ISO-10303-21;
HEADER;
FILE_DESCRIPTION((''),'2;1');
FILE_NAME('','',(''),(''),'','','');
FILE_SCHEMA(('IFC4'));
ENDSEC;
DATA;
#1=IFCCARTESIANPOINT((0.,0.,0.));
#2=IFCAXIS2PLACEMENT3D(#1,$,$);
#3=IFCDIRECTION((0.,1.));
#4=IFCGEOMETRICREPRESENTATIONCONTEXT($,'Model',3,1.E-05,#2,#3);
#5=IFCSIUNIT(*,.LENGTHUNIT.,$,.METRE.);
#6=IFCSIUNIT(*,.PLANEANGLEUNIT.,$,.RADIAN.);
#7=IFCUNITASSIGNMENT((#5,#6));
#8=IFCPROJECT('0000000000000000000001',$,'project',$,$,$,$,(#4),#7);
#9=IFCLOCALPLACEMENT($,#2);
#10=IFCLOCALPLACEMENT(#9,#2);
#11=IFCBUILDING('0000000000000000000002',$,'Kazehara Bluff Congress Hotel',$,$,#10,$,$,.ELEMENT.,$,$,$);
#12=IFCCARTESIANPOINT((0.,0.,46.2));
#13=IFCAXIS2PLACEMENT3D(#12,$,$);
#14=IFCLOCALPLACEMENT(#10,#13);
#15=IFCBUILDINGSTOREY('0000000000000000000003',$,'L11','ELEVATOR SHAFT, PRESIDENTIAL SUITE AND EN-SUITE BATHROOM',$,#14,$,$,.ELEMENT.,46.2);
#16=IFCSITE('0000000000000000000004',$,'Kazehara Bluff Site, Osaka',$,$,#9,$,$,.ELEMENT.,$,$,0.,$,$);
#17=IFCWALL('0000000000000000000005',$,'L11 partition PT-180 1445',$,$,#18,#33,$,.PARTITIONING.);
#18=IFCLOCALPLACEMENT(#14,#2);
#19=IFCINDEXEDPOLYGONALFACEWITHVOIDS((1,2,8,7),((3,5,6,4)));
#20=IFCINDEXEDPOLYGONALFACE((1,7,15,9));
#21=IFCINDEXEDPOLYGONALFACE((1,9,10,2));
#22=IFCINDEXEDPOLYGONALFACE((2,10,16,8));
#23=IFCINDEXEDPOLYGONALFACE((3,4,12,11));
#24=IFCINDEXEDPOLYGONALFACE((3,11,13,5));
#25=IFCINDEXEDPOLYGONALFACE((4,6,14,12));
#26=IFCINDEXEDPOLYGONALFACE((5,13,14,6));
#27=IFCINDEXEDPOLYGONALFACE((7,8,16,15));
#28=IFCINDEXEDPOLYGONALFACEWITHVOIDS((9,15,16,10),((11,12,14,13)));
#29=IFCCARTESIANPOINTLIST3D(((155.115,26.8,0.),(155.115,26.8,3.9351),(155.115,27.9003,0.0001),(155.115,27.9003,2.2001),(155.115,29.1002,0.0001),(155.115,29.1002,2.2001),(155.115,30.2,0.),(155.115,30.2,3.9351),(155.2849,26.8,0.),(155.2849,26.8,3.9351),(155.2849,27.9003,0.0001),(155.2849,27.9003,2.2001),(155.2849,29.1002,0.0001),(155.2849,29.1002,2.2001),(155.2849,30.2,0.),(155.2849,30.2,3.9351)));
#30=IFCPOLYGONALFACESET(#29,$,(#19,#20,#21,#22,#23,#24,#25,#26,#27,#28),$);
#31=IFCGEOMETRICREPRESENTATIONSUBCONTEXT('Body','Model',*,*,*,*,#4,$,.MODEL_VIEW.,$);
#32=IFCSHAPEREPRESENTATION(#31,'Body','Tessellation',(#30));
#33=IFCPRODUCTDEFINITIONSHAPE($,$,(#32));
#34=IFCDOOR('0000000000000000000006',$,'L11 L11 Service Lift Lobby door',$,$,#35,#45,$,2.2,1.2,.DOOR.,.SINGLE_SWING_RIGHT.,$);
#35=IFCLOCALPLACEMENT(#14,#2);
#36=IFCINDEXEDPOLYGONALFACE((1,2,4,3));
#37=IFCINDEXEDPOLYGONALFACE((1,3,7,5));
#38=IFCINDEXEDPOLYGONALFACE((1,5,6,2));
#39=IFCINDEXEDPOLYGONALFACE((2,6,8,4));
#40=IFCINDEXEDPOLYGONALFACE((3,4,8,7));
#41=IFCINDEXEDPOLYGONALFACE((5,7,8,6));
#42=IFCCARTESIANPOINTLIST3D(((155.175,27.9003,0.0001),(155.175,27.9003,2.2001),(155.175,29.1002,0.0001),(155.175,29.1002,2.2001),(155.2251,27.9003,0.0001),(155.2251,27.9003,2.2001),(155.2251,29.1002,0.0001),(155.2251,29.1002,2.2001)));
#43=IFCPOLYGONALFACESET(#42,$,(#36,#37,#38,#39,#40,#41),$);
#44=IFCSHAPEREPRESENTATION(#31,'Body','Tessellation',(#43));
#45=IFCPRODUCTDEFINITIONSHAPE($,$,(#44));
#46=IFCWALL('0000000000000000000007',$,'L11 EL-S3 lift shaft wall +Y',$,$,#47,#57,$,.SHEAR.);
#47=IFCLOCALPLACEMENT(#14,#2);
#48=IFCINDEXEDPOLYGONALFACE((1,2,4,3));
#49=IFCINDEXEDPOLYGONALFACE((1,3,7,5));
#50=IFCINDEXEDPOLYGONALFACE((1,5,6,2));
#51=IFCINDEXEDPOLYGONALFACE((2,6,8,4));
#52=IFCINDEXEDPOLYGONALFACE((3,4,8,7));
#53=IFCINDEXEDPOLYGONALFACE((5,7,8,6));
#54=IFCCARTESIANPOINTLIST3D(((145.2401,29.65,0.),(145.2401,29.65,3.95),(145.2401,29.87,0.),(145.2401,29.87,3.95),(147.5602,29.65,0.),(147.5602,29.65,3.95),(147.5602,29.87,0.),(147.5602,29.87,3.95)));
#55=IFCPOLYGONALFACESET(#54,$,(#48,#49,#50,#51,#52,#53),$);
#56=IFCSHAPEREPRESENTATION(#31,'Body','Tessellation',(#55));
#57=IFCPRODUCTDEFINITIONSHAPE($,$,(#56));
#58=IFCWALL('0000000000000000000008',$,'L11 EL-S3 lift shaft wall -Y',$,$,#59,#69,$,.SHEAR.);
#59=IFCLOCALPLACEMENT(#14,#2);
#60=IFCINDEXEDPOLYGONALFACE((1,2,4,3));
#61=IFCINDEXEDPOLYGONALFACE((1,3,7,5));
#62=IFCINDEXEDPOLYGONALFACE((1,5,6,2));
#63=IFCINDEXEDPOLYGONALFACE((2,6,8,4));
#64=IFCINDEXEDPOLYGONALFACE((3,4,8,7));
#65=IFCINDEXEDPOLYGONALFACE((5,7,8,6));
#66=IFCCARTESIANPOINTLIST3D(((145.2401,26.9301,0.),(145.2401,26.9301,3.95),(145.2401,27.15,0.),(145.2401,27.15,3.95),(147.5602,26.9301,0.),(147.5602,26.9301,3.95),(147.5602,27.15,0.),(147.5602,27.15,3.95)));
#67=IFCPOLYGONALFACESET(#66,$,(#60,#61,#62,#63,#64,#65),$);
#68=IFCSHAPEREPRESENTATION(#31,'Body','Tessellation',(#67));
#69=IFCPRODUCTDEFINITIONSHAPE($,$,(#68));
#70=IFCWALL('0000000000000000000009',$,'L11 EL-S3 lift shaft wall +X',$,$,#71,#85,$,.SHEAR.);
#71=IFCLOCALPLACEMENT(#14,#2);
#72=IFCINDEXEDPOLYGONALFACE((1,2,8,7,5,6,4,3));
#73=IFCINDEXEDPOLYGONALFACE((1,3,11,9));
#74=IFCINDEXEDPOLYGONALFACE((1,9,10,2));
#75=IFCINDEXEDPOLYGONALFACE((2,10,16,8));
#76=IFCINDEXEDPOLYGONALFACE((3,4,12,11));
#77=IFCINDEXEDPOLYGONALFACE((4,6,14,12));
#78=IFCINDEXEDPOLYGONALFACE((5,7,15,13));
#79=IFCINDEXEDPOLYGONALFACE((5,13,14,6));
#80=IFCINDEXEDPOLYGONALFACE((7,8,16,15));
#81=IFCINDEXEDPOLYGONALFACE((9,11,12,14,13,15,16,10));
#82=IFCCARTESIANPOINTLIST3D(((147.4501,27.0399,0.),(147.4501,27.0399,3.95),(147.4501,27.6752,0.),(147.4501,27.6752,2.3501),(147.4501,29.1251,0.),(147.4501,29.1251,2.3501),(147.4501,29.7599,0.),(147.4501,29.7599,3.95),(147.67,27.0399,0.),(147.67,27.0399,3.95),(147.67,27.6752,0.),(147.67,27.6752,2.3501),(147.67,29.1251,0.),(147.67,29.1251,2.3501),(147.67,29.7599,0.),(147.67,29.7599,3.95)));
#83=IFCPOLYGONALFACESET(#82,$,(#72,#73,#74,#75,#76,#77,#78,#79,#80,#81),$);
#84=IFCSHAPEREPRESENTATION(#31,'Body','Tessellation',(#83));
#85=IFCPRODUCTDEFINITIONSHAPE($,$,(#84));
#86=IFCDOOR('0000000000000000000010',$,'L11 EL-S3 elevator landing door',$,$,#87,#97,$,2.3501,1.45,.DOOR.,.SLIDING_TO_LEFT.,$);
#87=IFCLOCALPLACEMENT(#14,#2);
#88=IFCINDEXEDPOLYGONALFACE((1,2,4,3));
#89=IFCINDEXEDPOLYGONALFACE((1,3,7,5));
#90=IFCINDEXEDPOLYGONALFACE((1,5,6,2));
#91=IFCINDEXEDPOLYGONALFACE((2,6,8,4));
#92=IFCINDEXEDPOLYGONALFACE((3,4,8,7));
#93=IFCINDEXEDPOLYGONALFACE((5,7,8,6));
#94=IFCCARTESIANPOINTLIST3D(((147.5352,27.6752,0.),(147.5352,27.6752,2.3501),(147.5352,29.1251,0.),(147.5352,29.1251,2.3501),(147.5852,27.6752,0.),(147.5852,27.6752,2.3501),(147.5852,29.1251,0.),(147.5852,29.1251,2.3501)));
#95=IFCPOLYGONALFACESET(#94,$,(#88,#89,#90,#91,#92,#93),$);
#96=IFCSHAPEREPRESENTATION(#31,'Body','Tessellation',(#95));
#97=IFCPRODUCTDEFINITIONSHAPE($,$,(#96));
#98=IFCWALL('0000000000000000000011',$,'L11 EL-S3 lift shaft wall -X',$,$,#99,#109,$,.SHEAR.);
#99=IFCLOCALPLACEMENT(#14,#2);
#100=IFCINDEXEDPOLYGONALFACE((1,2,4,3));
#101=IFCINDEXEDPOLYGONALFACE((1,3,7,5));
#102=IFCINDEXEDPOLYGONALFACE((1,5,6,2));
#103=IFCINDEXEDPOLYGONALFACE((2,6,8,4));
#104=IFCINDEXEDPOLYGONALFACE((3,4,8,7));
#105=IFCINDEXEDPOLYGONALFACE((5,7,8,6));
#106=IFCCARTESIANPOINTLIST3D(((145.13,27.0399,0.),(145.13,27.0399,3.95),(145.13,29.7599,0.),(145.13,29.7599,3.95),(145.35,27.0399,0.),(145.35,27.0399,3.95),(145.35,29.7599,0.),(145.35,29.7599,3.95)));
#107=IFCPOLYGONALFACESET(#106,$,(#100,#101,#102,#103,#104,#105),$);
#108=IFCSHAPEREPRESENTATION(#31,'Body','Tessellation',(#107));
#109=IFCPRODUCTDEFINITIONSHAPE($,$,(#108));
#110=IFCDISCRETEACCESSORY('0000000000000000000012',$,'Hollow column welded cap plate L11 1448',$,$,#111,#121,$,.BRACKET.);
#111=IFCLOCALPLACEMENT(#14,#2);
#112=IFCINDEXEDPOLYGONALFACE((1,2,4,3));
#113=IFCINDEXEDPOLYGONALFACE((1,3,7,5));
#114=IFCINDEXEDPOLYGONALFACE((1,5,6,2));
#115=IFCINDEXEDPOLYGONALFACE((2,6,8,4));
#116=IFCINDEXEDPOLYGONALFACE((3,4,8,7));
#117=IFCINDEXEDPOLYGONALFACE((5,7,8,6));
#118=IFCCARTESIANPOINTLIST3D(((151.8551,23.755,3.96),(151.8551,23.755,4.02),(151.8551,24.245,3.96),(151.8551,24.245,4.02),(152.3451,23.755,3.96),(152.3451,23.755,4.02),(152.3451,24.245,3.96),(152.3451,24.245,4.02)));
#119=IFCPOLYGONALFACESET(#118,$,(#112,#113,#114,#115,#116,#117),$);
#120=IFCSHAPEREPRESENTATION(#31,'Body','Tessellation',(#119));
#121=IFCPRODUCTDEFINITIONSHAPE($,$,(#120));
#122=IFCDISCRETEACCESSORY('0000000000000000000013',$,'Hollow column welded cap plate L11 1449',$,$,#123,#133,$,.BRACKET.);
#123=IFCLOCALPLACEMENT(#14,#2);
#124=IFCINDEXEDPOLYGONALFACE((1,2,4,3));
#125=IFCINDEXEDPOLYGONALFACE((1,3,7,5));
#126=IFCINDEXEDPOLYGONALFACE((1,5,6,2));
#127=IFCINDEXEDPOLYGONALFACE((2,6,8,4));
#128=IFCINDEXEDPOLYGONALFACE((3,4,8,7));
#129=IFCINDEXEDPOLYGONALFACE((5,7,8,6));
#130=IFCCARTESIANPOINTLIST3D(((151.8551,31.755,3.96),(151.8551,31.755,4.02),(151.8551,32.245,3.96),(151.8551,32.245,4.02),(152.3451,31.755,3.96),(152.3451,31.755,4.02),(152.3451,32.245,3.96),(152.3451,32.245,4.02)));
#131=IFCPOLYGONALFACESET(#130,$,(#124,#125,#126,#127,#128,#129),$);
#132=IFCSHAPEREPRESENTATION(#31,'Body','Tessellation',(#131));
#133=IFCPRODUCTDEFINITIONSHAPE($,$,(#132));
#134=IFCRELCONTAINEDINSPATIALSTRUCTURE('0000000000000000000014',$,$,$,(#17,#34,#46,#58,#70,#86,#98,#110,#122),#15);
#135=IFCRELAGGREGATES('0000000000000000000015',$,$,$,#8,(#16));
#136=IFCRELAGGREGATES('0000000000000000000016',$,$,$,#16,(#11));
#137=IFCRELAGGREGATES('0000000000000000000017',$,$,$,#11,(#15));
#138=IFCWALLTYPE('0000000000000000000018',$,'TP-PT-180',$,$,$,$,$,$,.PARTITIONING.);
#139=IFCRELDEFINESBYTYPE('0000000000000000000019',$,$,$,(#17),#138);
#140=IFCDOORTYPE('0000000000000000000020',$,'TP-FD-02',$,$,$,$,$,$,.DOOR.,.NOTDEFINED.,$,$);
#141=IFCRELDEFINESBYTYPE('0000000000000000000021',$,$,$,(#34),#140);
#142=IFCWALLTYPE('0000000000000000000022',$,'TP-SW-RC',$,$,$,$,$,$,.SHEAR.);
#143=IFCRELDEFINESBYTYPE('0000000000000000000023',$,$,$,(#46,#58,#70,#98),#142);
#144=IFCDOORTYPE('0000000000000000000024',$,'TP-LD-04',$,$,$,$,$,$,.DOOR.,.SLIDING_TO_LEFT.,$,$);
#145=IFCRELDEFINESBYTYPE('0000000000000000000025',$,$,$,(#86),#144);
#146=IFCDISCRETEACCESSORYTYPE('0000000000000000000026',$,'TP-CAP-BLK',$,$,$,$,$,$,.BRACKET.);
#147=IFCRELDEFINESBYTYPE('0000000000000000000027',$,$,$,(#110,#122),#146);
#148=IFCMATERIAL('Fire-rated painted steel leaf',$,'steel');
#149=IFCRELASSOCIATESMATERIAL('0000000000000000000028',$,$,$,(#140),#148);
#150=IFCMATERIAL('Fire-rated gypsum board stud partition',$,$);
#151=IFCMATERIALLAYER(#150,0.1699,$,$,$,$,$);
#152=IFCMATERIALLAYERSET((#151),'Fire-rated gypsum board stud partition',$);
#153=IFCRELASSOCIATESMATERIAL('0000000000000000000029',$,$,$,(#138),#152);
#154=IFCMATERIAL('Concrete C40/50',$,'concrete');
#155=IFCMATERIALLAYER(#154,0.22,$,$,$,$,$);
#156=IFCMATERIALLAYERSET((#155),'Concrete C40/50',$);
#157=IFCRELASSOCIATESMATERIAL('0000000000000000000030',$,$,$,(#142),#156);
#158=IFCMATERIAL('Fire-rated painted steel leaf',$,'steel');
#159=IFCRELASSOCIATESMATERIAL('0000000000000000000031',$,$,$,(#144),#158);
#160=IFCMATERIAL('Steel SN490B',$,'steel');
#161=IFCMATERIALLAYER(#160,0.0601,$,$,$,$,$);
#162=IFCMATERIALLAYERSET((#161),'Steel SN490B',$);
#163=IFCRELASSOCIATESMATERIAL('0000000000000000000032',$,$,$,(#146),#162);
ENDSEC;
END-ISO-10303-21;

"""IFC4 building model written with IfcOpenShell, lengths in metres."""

from ifc_helpers import new_model, si_unit, direction, frame, frame_2d, origin, origin_2d, place, context, subcontext, project, spatial, rectangle, extrude, material, layer, layer_set, type_object, element, fill, save


model = new_model("IFC4")

# Units and contexts
model_context = context("Model", 3, precision=1e-05, world=origin(), true_north=direction((0.0, 1.0)))
body_context = subcontext(model_context, "Body", "Model", "MODEL_VIEW")
ifc_project = project(units=[si_unit("LENGTHUNIT", "METRE"), si_unit("PLANEANGLEUNIT", "RADIAN")], contexts=[model_context])

# Site, building, storey
site_placement = place(None, origin())
site = spatial("IfcSite", under=ifc_project, at=site_placement, Name="Kazehara Bluff Site, Osaka", CompositionType="ELEMENT", RefElevation=0.0)
building_placement = place(site_placement, origin())
building = spatial("IfcBuilding", under=site, at=building_placement, Name="Kazehara Bluff Congress Hotel", CompositionType="ELEMENT")
storey_placement = place(building_placement, frame((0.0, 0.0, 46.2)))
storey = spatial("IfcBuildingStorey", under=building, at=storey_placement, Name="L11", Description="ELEVATOR SHAFT, PRESIDENTIAL SUITE AND EN-SUITE BATHROOM", CompositionType="ELEMENT", Elevation=46.2)

# Shared definitions
ifc_material_1 = material(Name="Fire-rated painted steel leaf", Category="steel")
door_type_1 = type_object("IfcDoorType", Name="TP-FD-02", OperationType="NOTDEFINED", PredefinedType="DOOR", material=ifc_material_1)

# Shared definitions
ifc_material_2 = material(Name="Fire-rated gypsum board stud partition")
ifc_layer_1 = layer(ifc_material_2, 0.1699)
ifc_layer_set_1 = layer_set([ifc_layer_1], Name="Fire-rated gypsum board stud partition")
wall_type_1 = type_object("IfcWallType", Name="TP-PT-180", PredefinedType="PARTITIONING", material=ifc_layer_set_1)

# Wall, opening, door
wall_1_placement = place(storey_placement, frame((155.2, 26.8, 0.0), z_axis=(0.0, 0.0, 1.0), x_axis=(0.0, 1.0, 0.0)))
wall_1 = element("IfcWall", 1, at=wall_1_placement, inside=storey, type_object=wall_type_1, Name="L11 partition PT-180 1445", PredefinedType="PARTITIONING", context=body_context, shape_type="SweptSolid", body=[
    extrude(rectangle(XDim=3.3999, YDim=0.1699, at=frame_2d((1.7, 0.0))), origin(), (0.0, 0.0, 1.0), 3.9351),
])
opening_1_placement = place(wall_1_placement, frame((1.1001, 0.0, 0.0)))
opening_1 = element("IfcOpeningElement", 2, at=opening_1_placement, cuts=wall_1, PredefinedType="OPENING", context=body_context, shape_type="SweptSolid", body=[
    extrude(rectangle(XDim=1.2, YDim=2.2, at=frame_2d((0.6001, 1.1001))), frame((0.0, 0.095, 0.0), z_axis=(0.0, -1.0, 0.0), x_axis=(1.0, 0.0, 0.0)), (0.0, 0.0, 1.0), 0.1899),
])
door_1_placement = place(opening_1_placement, origin())
door_1 = element("IfcDoor", 3, at=door_1_placement, inside=storey, type_object=door_type_1, Name="L11 L11 Service Lift Lobby door", OperationType="SINGLE_SWING_RIGHT", OverallHeight=2.2, OverallWidth=1.2, PredefinedType="DOOR", context=body_context, shape_type="SweptSolid", body=[
    extrude(rectangle(XDim=1.2, YDim=2.2, at=frame_2d((0.6001, 1.1001))), frame((0.0, 0.0249, 0.0), z_axis=(0.0, -1.0, 0.0), x_axis=(1.0, 0.0, 0.0)), (0.0, 0.0, 1.0), 0.05),
])
fill(opening_1, door_1)

# Walls
ifc_material_3 = material(Name="Concrete C40/50", Category="concrete")
ifc_layer_2 = layer(ifc_material_3, 0.22)
ifc_layer_set_2 = layer_set([ifc_layer_2], Name="Concrete C40/50")
wall_type_2 = type_object("IfcWallType", Name="TP-SW-RC", PredefinedType="SHEAR", material=ifc_layer_set_2)
for number, where, z_axis, x_axis, name in (
    (4, (145.24, 29.76, 0.0), (0.0, 0.0, 1.0), (1.0, 0.0, 0.0), "L11 EL-S3 lift shaft wall +Y"),
    (5, (145.24, 27.04, 0.0), (0.0, 0.0, 1.0), (1.0, 0.0, 0.0), "L11 EL-S3 lift shaft wall -Y"),
):
    element("IfcWall", number, at=place(storey_placement, frame(where, z_axis=z_axis, x_axis=x_axis)), inside=storey, type_object=wall_type_2, Name=name, PredefinedType="SHEAR", context=body_context, shape_type="SweptSolid", body=[
        extrude(rectangle(XDim=2.3201, YDim=0.22, at=frame_2d((1.1602, 0.0))), origin(), (0.0, 0.0, 1.0), 3.95),
    ])

# Wall, opening, door
wall_2_placement = place(storey_placement, frame((147.5601, 27.04, 0.0), z_axis=(0.0, 0.0, 1.0), x_axis=(0.0, 1.0, 0.0)))
wall_2 = element("IfcWall", 6, at=wall_2_placement, inside=storey, type_object=wall_type_2, Name="L11 EL-S3 lift shaft wall +X", PredefinedType="SHEAR", context=body_context, shape_type="SweptSolid", body=[
    extrude(rectangle(XDim=2.72, YDim=0.22, at=frame_2d((1.3599, 0.0))), origin(), (0.0, 0.0, 1.0), 3.95),
])
opening_2_placement = place(wall_2_placement, frame((0.635, 0.0, 0.0)))
opening_2 = element("IfcOpeningElement", 7, at=opening_2_placement, cuts=wall_2, PredefinedType="OPENING", context=body_context, shape_type="SweptSolid", body=[
    extrude(rectangle(XDim=1.45, YDim=2.3501, at=frame_2d((0.7251, 1.175))), frame((0.0, 0.1199, 0.0), z_axis=(0.0, -1.0, 0.0), x_axis=(1.0, 0.0, 0.0)), (0.0, 0.0, 1.0), 0.24),
])
ifc_material_4 = material(Name="Fire-rated painted steel leaf", Category="steel")
door_type_2 = type_object("IfcDoorType", Name="TP-LD-04", OperationType="SLIDING_TO_LEFT", PredefinedType="DOOR", material=ifc_material_4)
door_2_placement = place(opening_2_placement, origin())
door_2 = element("IfcDoor", 8, at=door_2_placement, inside=storey, type_object=door_type_2, Name="L11 EL-S3 elevator landing door", OperationType="SLIDING_TO_LEFT", OverallHeight=2.3501, OverallWidth=1.45, PredefinedType="DOOR", context=body_context, shape_type="SweptSolid", body=[
    extrude(rectangle(XDim=1.45, YDim=2.3501, at=frame_2d((0.7251, 1.175))), frame((0.0, 0.0249, 0.0), z_axis=(0.0, -1.0, 0.0), x_axis=(1.0, 0.0, 0.0)), (0.0, 0.0, 1.0), 0.05),
])
fill(opening_2, door_2)

# Wall
wall_3_placement = place(storey_placement, frame((145.24, 27.04, 0.0), z_axis=(0.0, 0.0, 1.0), x_axis=(0.0, 1.0, 0.0)))
element("IfcWall", 9, at=wall_3_placement, inside=storey, type_object=wall_type_2, Name="L11 EL-S3 lift shaft wall -X", PredefinedType="SHEAR", context=body_context, shape_type="SweptSolid", body=[
    extrude(rectangle(XDim=2.72, YDim=0.22, at=frame_2d((1.3599, 0.0))), origin(), (0.0, 0.0, 1.0), 3.95),
])

# Discrete accessories
ifc_material_5 = material(Name="Steel SN490B", Category="steel")
ifc_layer_3 = layer(ifc_material_5, 0.0601)
ifc_layer_set_3 = layer_set([ifc_layer_3], Name="Steel SN490B")
discrete_accessory_type = type_object("IfcDiscreteAccessoryType", Name="TP-CAP-BLK", PredefinedType="BRACKET", material=ifc_layer_set_3)
for number, where, z_axis, x_axis, name in (
    (10, (152.1001, 24.0, 3.96), (0.0, 0.0, 1.0), (1.0, 0.0, 0.0), "Hollow column welded cap plate L11 1448"),
    (11, (152.1001, 32.0, 3.96), (0.0, 0.0, 1.0), (1.0, 0.0, 0.0), "Hollow column welded cap plate L11 1449"),
):
    element("IfcDiscreteAccessory", number, at=place(storey_placement, frame(where, z_axis=z_axis, x_axis=x_axis)), inside=storey, type_object=discrete_accessory_type, Name=name, PredefinedType="BRACKET", context=body_context, shape_type="SweptSolid", body=[
        extrude(rectangle(XDim=0.49, YDim=0.49, at=origin_2d()), origin(), (0.0, 0.0, 1.0), 0.0601),
    ])

save(model, "model.ifc")
